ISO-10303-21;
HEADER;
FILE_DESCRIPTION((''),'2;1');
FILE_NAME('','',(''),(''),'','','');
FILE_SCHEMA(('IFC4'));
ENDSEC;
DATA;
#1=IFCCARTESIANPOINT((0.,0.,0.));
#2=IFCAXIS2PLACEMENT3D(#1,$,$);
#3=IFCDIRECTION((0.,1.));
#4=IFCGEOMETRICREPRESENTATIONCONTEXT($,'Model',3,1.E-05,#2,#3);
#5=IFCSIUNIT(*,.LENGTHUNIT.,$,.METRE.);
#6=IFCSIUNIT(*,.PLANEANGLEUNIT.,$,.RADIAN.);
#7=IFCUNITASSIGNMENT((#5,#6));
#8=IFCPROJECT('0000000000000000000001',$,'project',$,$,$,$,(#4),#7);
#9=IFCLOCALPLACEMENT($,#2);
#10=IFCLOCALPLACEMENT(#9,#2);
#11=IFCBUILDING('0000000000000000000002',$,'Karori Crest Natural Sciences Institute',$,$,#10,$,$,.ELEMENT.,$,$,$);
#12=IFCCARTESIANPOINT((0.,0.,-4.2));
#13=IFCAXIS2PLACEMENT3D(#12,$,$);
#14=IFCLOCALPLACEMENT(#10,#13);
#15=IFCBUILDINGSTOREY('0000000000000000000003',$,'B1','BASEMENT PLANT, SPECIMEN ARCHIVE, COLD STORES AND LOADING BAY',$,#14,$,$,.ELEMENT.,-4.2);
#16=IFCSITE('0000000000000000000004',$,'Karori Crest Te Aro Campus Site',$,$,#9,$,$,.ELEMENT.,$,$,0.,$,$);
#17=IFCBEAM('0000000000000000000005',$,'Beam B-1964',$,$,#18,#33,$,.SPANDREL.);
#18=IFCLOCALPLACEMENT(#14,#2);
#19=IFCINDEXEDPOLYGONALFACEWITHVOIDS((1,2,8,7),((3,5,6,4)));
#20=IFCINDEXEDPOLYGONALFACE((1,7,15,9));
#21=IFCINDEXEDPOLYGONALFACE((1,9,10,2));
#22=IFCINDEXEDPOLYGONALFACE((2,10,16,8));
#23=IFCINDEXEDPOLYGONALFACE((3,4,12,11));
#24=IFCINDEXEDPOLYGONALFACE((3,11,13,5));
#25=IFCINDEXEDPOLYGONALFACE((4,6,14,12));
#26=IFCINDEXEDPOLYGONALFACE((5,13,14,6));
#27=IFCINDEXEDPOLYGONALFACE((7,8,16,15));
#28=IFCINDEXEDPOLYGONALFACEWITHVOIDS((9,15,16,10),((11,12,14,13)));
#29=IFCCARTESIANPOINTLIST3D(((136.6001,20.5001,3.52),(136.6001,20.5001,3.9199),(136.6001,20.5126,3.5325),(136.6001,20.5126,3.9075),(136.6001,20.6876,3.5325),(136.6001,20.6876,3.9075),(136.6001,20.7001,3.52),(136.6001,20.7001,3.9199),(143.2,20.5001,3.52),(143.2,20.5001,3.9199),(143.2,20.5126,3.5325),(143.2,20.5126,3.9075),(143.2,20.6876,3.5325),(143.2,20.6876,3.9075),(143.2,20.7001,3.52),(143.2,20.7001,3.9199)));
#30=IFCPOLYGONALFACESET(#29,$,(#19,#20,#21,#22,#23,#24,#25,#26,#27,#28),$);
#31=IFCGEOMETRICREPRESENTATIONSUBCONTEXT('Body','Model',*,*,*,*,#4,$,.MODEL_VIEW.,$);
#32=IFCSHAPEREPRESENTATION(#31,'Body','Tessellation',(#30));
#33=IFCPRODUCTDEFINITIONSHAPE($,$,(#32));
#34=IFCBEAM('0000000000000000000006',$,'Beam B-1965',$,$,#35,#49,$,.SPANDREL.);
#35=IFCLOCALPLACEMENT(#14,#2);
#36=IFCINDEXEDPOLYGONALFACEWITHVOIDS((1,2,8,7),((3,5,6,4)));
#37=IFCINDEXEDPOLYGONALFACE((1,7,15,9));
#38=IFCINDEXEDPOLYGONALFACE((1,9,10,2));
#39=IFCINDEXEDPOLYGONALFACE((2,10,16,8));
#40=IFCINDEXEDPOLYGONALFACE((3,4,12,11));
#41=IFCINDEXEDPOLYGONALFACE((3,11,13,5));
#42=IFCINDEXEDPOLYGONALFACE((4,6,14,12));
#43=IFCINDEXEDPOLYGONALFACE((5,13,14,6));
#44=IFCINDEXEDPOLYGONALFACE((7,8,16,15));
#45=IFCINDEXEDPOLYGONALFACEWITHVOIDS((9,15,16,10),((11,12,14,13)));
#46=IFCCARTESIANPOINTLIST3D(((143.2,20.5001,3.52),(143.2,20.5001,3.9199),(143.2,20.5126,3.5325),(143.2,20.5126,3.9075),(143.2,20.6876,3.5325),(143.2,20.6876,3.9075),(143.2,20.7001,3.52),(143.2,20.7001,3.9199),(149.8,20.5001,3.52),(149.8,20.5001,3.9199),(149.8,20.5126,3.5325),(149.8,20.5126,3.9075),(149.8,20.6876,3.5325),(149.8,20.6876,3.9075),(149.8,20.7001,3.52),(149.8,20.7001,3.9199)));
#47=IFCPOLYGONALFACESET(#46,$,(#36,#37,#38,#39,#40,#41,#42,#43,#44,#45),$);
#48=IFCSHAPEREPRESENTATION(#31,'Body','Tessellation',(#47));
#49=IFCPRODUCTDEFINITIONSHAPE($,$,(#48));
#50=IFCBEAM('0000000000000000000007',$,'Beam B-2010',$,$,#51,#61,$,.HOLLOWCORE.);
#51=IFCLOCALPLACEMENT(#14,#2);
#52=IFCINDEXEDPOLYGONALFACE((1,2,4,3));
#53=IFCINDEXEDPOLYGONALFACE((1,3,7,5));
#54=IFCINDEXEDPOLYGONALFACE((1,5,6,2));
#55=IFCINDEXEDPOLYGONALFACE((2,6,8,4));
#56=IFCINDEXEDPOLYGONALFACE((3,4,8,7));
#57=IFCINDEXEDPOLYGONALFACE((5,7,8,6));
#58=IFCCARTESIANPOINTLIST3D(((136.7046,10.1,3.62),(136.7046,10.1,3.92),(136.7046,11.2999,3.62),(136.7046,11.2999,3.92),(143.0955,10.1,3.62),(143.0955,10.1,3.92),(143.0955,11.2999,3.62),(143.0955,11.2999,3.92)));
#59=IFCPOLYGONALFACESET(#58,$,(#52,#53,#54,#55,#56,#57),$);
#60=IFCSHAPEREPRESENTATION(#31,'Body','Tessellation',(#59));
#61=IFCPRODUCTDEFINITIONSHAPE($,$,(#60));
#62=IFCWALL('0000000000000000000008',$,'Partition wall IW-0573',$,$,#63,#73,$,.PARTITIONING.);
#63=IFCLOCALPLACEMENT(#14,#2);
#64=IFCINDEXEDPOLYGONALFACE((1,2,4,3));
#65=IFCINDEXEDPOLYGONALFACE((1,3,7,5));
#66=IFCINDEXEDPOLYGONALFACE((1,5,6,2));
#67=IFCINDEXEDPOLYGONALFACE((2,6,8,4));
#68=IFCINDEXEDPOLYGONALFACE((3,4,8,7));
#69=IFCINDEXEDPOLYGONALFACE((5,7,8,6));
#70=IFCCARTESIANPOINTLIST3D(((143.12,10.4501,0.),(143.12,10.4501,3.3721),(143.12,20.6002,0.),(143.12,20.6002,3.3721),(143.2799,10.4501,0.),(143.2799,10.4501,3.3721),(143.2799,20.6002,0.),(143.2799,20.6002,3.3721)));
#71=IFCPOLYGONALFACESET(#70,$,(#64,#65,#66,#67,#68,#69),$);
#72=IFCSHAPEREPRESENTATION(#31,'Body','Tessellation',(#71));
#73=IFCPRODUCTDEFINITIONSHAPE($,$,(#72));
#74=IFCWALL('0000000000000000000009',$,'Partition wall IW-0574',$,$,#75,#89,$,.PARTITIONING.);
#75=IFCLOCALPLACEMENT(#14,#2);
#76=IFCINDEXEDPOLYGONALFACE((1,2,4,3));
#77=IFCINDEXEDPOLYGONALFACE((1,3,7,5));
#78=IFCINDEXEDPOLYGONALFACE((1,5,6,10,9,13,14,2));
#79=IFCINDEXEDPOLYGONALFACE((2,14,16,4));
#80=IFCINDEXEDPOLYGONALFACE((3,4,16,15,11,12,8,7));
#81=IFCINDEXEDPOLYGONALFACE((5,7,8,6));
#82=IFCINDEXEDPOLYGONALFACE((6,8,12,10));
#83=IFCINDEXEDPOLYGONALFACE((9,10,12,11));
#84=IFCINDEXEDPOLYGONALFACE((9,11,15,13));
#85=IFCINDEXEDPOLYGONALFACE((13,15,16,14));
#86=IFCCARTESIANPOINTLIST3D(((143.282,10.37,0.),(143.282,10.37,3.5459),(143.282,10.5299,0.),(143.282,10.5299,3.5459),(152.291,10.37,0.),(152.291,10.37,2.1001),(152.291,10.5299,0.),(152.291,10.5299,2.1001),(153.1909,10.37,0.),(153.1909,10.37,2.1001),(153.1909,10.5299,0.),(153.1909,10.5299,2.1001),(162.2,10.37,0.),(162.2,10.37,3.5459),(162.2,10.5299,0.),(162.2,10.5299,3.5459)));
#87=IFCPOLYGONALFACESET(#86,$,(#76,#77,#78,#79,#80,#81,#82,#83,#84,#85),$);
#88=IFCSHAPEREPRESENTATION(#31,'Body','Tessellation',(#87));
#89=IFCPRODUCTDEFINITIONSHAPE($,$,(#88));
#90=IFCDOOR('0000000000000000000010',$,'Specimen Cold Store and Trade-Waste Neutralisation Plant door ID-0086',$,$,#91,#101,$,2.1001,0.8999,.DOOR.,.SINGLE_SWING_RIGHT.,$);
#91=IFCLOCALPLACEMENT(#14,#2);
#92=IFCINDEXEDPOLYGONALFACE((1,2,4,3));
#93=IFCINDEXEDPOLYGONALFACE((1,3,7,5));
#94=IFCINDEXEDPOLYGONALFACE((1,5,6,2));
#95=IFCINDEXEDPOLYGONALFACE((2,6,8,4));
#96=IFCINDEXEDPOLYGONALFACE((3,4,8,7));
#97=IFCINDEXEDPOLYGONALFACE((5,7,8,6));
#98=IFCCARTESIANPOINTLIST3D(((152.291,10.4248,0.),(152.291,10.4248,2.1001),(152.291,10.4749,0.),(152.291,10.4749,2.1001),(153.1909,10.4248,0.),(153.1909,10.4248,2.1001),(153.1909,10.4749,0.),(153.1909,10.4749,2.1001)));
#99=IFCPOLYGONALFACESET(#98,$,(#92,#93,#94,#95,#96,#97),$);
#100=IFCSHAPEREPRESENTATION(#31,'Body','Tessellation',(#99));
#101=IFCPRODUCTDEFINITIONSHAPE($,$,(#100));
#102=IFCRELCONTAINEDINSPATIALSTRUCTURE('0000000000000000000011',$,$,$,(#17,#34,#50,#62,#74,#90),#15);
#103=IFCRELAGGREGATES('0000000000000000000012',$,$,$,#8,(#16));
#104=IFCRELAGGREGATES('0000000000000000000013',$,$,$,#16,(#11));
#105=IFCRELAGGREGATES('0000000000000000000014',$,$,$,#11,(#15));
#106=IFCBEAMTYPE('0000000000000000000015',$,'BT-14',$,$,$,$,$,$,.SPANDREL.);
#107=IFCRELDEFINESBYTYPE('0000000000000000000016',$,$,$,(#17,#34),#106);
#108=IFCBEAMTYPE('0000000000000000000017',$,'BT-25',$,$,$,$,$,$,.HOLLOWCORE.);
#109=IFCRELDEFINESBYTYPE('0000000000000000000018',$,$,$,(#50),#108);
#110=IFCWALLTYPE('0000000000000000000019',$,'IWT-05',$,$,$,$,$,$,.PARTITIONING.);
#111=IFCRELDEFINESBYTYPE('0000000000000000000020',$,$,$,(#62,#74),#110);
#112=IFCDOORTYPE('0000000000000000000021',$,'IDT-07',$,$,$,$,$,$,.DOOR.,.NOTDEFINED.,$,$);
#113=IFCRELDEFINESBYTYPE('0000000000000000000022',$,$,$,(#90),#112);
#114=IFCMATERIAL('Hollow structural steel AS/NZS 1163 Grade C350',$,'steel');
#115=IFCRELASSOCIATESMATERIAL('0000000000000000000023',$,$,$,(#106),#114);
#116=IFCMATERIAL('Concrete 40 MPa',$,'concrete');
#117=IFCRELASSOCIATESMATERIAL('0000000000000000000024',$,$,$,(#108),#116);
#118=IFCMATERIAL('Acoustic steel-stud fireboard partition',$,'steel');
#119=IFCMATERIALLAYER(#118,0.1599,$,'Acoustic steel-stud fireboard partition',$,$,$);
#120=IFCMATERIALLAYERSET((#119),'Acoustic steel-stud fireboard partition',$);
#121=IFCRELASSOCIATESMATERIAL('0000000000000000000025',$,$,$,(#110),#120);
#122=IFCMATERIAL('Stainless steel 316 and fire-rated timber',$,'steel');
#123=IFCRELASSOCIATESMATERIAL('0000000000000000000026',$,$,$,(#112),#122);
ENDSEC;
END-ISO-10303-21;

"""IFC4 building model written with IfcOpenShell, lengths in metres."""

from ifc_helpers import new_model, si_unit, direction, frame, frame_2d, origin, origin_2d, place, context, subcontext, project, spatial, rectangle, hollow_rectangle, extrude, material, layer, layer_set, material_profile, profile_set, type_object, element, fill, save


model = new_model("IFC4")

# Units and contexts
model_context = context("Model", 3, precision=1e-05, world=origin(), true_north=direction((0.0, 1.0)))
body_context = subcontext(model_context, "Body", "Model", "MODEL_VIEW")
ifc_project = project(units=[si_unit("LENGTHUNIT", "METRE"), si_unit("PLANEANGLEUNIT", "RADIAN")], contexts=[model_context])

# Site, building, storey
site_placement = place(None, origin())
site = spatial("IfcSite", under=ifc_project, at=site_placement, Name="Karori Crest Te Aro Campus Site", CompositionType="ELEMENT", RefElevation=0.0)
building_placement = place(site_placement, origin())
building = spatial("IfcBuilding", under=site, at=building_placement, Name="Karori Crest Natural Sciences Institute", CompositionType="ELEMENT")
storey_placement = place(building_placement, frame((0.0, 0.0, -4.2)))
storey = spatial("IfcBuildingStorey", under=building, at=storey_placement, Name="B1", Description="BASEMENT PLANT, SPECIMEN ARCHIVE, COLD STORES AND LOADING BAY", CompositionType="ELEMENT", Elevation=-4.2)

# Shared definitions
ifc_material_1 = material(Name="Concrete 40 MPa", Category="concrete")

# Beams
ifc_material_2 = material(Name="Hollow structural steel AS/NZS 1163 Grade C350", Category="steel")
ifc_material_profile_1 = material_profile(ifc_material_2, hollow_rectangle(XDim=0.2, YDim=0.3999, WallThickness=0.0125, at=origin_2d()), Name="RHS400x200x12.5")
ifc_profile_set_1 = profile_set([ifc_material_profile_1], Name="Hollow structural steel AS/NZS 1163 Grade C350")
beam_type_1 = type_object("IfcBeamType", Name="BT-14", PredefinedType="SPANDREL", material=ifc_profile_set_1)
beam_1_placement = place(storey_placement, frame((136.6001, 20.6001, 3.72), z_axis=(1.0, 0.0, 0.0), x_axis=(0.0, 1.0, 0.0)))
element("IfcBeam", 1, at=beam_1_placement, inside=storey, type_object=beam_type_1, Name="Beam B-1964", PredefinedType="SPANDREL", context=body_context, shape_type="SweptSolid", body=[
    extrude(hollow_rectangle(XDim=0.2, YDim=0.3999, WallThickness=0.0125, at=origin_2d()), origin(), (0.0, 0.0, 1.0), 6.5999),
])
beam_2_placement = place(storey_placement, frame((143.2, 20.6001, 3.72), z_axis=(1.0, 0.0, 0.0), x_axis=(0.0, 1.0, 0.0)))
element("IfcBeam", 2, at=beam_2_placement, inside=storey, type_object=beam_type_1, Name="Beam B-1965", PredefinedType="SPANDREL", context=body_context, shape_type="SweptSolid", body=[
    extrude(hollow_rectangle(XDim=0.2, YDim=0.3999, WallThickness=0.0125, at=origin_2d()), origin(), (0.0, 0.0, 1.0), 6.6001),
])
ifc_material_profile_2 = material_profile(ifc_material_1, rectangle(XDim=1.2, YDim=0.3, at=origin_2d()), Name="HCP1200x300")
ifc_profile_set_2 = profile_set([ifc_material_profile_2], Name="Concrete 40 MPa")
beam_type_2 = type_object("IfcBeamType", Name="BT-25", PredefinedType="HOLLOWCORE", material=ifc_profile_set_2)
beam_3_placement = place(storey_placement, frame((136.7046, 10.7, 3.77), z_axis=(1.0, 0.0, 0.0), x_axis=(0.0, 1.0, 0.0)))
element("IfcBeam", 3, at=beam_3_placement, inside=storey, type_object=beam_type_2, Name="Beam B-2010", PredefinedType="HOLLOWCORE", context=body_context, shape_type="SweptSolid", body=[
    extrude(rectangle(XDim=1.2, YDim=0.3, at=origin_2d()), origin(), (0.0, 0.0, 1.0), 6.3909),
])

# Wall
ifc_material_3 = material(Name="Acoustic steel-stud fireboard partition", Category="steel")
ifc_layer = layer(ifc_material_3, 0.1599, Name="Acoustic steel-stud fireboard partition")
ifc_layer_set = layer_set([ifc_layer], Name="Acoustic steel-stud fireboard partition")
wall_type = type_object("IfcWallType", Name="IWT-05", PredefinedType="PARTITIONING", material=ifc_layer_set)
wall_1_placement = place(storey_placement, frame((143.2, 10.45, 0.0), z_axis=(0.0, 0.0, 1.0), x_axis=(0.0, 1.0, 0.0)))
element("IfcWall", 4, at=wall_1_placement, inside=storey, type_object=wall_type, Name="Partition wall IW-0573", PredefinedType="PARTITIONING", context=body_context, shape_type="SweptSolid", body=[
    extrude(rectangle(XDim=10.1501, YDim=0.1599, at=frame_2d((5.0752, 0.0))), origin(), (0.0, 0.0, 1.0), 3.3721),
])

# Wall, opening, door
wall_2_placement = place(storey_placement, frame((143.282, 10.45, 0.0), z_axis=(0.0, 0.0, 1.0), x_axis=(1.0, 0.0, 0.0)))
wall_2 = element("IfcWall", 5, at=wall_2_placement, inside=storey, type_object=wall_type, Name="Partition wall IW-0574", PredefinedType="PARTITIONING", context=body_context, shape_type="SweptSolid", body=[
    extrude(rectangle(XDim=18.918, YDim=0.1599, at=frame_2d((9.459, 0.0))), origin(), (0.0, 0.0, 1.0), 3.5459),
])
opening_placement = place(wall_2_placement, frame((9.009, 0.0, 0.0)))
opening = element("IfcOpeningElement", 6, at=opening_placement, cuts=wall_2, PredefinedType="OPENING", context=body_context, shape_type="SweptSolid", body=[
    extrude(rectangle(XDim=0.8999, YDim=2.1001, at=frame_2d((0.45, 1.05))), frame((0.0, 0.0898, 0.0), z_axis=(0.0, -1.0, 0.0), x_axis=(1.0, 0.0, 0.0)), (0.0, 0.0, 1.0), 0.1799),
])
ifc_material_4 = material(Name="Stainless steel 316 and fire-rated timber", Category="steel")
door_type = type_object("IfcDoorType", Name="IDT-07", OperationType="NOTDEFINED", PredefinedType="DOOR", material=ifc_material_4)
door_placement = place(opening_placement, origin())
door = element("IfcDoor", 7, at=door_placement, inside=storey, type_object=door_type, Name="Specimen Cold Store and Trade-Waste Neutralisation Plant door ID-0086", OperationType="SINGLE_SWING_RIGHT", OverallHeight=2.1001, OverallWidth=0.8999, PredefinedType="DOOR", context=body_context, shape_type="SweptSolid", body=[
    extrude(rectangle(XDim=0.8999, YDim=2.1001, at=frame_2d((0.45, 1.05))), frame((0.0, 0.0249, 0.0), z_axis=(0.0, -1.0, 0.0), x_axis=(1.0, 0.0, 0.0)), (0.0, 0.0, 1.0), 0.05),
])
fill(opening, door)

save(model, "model.ifc")
